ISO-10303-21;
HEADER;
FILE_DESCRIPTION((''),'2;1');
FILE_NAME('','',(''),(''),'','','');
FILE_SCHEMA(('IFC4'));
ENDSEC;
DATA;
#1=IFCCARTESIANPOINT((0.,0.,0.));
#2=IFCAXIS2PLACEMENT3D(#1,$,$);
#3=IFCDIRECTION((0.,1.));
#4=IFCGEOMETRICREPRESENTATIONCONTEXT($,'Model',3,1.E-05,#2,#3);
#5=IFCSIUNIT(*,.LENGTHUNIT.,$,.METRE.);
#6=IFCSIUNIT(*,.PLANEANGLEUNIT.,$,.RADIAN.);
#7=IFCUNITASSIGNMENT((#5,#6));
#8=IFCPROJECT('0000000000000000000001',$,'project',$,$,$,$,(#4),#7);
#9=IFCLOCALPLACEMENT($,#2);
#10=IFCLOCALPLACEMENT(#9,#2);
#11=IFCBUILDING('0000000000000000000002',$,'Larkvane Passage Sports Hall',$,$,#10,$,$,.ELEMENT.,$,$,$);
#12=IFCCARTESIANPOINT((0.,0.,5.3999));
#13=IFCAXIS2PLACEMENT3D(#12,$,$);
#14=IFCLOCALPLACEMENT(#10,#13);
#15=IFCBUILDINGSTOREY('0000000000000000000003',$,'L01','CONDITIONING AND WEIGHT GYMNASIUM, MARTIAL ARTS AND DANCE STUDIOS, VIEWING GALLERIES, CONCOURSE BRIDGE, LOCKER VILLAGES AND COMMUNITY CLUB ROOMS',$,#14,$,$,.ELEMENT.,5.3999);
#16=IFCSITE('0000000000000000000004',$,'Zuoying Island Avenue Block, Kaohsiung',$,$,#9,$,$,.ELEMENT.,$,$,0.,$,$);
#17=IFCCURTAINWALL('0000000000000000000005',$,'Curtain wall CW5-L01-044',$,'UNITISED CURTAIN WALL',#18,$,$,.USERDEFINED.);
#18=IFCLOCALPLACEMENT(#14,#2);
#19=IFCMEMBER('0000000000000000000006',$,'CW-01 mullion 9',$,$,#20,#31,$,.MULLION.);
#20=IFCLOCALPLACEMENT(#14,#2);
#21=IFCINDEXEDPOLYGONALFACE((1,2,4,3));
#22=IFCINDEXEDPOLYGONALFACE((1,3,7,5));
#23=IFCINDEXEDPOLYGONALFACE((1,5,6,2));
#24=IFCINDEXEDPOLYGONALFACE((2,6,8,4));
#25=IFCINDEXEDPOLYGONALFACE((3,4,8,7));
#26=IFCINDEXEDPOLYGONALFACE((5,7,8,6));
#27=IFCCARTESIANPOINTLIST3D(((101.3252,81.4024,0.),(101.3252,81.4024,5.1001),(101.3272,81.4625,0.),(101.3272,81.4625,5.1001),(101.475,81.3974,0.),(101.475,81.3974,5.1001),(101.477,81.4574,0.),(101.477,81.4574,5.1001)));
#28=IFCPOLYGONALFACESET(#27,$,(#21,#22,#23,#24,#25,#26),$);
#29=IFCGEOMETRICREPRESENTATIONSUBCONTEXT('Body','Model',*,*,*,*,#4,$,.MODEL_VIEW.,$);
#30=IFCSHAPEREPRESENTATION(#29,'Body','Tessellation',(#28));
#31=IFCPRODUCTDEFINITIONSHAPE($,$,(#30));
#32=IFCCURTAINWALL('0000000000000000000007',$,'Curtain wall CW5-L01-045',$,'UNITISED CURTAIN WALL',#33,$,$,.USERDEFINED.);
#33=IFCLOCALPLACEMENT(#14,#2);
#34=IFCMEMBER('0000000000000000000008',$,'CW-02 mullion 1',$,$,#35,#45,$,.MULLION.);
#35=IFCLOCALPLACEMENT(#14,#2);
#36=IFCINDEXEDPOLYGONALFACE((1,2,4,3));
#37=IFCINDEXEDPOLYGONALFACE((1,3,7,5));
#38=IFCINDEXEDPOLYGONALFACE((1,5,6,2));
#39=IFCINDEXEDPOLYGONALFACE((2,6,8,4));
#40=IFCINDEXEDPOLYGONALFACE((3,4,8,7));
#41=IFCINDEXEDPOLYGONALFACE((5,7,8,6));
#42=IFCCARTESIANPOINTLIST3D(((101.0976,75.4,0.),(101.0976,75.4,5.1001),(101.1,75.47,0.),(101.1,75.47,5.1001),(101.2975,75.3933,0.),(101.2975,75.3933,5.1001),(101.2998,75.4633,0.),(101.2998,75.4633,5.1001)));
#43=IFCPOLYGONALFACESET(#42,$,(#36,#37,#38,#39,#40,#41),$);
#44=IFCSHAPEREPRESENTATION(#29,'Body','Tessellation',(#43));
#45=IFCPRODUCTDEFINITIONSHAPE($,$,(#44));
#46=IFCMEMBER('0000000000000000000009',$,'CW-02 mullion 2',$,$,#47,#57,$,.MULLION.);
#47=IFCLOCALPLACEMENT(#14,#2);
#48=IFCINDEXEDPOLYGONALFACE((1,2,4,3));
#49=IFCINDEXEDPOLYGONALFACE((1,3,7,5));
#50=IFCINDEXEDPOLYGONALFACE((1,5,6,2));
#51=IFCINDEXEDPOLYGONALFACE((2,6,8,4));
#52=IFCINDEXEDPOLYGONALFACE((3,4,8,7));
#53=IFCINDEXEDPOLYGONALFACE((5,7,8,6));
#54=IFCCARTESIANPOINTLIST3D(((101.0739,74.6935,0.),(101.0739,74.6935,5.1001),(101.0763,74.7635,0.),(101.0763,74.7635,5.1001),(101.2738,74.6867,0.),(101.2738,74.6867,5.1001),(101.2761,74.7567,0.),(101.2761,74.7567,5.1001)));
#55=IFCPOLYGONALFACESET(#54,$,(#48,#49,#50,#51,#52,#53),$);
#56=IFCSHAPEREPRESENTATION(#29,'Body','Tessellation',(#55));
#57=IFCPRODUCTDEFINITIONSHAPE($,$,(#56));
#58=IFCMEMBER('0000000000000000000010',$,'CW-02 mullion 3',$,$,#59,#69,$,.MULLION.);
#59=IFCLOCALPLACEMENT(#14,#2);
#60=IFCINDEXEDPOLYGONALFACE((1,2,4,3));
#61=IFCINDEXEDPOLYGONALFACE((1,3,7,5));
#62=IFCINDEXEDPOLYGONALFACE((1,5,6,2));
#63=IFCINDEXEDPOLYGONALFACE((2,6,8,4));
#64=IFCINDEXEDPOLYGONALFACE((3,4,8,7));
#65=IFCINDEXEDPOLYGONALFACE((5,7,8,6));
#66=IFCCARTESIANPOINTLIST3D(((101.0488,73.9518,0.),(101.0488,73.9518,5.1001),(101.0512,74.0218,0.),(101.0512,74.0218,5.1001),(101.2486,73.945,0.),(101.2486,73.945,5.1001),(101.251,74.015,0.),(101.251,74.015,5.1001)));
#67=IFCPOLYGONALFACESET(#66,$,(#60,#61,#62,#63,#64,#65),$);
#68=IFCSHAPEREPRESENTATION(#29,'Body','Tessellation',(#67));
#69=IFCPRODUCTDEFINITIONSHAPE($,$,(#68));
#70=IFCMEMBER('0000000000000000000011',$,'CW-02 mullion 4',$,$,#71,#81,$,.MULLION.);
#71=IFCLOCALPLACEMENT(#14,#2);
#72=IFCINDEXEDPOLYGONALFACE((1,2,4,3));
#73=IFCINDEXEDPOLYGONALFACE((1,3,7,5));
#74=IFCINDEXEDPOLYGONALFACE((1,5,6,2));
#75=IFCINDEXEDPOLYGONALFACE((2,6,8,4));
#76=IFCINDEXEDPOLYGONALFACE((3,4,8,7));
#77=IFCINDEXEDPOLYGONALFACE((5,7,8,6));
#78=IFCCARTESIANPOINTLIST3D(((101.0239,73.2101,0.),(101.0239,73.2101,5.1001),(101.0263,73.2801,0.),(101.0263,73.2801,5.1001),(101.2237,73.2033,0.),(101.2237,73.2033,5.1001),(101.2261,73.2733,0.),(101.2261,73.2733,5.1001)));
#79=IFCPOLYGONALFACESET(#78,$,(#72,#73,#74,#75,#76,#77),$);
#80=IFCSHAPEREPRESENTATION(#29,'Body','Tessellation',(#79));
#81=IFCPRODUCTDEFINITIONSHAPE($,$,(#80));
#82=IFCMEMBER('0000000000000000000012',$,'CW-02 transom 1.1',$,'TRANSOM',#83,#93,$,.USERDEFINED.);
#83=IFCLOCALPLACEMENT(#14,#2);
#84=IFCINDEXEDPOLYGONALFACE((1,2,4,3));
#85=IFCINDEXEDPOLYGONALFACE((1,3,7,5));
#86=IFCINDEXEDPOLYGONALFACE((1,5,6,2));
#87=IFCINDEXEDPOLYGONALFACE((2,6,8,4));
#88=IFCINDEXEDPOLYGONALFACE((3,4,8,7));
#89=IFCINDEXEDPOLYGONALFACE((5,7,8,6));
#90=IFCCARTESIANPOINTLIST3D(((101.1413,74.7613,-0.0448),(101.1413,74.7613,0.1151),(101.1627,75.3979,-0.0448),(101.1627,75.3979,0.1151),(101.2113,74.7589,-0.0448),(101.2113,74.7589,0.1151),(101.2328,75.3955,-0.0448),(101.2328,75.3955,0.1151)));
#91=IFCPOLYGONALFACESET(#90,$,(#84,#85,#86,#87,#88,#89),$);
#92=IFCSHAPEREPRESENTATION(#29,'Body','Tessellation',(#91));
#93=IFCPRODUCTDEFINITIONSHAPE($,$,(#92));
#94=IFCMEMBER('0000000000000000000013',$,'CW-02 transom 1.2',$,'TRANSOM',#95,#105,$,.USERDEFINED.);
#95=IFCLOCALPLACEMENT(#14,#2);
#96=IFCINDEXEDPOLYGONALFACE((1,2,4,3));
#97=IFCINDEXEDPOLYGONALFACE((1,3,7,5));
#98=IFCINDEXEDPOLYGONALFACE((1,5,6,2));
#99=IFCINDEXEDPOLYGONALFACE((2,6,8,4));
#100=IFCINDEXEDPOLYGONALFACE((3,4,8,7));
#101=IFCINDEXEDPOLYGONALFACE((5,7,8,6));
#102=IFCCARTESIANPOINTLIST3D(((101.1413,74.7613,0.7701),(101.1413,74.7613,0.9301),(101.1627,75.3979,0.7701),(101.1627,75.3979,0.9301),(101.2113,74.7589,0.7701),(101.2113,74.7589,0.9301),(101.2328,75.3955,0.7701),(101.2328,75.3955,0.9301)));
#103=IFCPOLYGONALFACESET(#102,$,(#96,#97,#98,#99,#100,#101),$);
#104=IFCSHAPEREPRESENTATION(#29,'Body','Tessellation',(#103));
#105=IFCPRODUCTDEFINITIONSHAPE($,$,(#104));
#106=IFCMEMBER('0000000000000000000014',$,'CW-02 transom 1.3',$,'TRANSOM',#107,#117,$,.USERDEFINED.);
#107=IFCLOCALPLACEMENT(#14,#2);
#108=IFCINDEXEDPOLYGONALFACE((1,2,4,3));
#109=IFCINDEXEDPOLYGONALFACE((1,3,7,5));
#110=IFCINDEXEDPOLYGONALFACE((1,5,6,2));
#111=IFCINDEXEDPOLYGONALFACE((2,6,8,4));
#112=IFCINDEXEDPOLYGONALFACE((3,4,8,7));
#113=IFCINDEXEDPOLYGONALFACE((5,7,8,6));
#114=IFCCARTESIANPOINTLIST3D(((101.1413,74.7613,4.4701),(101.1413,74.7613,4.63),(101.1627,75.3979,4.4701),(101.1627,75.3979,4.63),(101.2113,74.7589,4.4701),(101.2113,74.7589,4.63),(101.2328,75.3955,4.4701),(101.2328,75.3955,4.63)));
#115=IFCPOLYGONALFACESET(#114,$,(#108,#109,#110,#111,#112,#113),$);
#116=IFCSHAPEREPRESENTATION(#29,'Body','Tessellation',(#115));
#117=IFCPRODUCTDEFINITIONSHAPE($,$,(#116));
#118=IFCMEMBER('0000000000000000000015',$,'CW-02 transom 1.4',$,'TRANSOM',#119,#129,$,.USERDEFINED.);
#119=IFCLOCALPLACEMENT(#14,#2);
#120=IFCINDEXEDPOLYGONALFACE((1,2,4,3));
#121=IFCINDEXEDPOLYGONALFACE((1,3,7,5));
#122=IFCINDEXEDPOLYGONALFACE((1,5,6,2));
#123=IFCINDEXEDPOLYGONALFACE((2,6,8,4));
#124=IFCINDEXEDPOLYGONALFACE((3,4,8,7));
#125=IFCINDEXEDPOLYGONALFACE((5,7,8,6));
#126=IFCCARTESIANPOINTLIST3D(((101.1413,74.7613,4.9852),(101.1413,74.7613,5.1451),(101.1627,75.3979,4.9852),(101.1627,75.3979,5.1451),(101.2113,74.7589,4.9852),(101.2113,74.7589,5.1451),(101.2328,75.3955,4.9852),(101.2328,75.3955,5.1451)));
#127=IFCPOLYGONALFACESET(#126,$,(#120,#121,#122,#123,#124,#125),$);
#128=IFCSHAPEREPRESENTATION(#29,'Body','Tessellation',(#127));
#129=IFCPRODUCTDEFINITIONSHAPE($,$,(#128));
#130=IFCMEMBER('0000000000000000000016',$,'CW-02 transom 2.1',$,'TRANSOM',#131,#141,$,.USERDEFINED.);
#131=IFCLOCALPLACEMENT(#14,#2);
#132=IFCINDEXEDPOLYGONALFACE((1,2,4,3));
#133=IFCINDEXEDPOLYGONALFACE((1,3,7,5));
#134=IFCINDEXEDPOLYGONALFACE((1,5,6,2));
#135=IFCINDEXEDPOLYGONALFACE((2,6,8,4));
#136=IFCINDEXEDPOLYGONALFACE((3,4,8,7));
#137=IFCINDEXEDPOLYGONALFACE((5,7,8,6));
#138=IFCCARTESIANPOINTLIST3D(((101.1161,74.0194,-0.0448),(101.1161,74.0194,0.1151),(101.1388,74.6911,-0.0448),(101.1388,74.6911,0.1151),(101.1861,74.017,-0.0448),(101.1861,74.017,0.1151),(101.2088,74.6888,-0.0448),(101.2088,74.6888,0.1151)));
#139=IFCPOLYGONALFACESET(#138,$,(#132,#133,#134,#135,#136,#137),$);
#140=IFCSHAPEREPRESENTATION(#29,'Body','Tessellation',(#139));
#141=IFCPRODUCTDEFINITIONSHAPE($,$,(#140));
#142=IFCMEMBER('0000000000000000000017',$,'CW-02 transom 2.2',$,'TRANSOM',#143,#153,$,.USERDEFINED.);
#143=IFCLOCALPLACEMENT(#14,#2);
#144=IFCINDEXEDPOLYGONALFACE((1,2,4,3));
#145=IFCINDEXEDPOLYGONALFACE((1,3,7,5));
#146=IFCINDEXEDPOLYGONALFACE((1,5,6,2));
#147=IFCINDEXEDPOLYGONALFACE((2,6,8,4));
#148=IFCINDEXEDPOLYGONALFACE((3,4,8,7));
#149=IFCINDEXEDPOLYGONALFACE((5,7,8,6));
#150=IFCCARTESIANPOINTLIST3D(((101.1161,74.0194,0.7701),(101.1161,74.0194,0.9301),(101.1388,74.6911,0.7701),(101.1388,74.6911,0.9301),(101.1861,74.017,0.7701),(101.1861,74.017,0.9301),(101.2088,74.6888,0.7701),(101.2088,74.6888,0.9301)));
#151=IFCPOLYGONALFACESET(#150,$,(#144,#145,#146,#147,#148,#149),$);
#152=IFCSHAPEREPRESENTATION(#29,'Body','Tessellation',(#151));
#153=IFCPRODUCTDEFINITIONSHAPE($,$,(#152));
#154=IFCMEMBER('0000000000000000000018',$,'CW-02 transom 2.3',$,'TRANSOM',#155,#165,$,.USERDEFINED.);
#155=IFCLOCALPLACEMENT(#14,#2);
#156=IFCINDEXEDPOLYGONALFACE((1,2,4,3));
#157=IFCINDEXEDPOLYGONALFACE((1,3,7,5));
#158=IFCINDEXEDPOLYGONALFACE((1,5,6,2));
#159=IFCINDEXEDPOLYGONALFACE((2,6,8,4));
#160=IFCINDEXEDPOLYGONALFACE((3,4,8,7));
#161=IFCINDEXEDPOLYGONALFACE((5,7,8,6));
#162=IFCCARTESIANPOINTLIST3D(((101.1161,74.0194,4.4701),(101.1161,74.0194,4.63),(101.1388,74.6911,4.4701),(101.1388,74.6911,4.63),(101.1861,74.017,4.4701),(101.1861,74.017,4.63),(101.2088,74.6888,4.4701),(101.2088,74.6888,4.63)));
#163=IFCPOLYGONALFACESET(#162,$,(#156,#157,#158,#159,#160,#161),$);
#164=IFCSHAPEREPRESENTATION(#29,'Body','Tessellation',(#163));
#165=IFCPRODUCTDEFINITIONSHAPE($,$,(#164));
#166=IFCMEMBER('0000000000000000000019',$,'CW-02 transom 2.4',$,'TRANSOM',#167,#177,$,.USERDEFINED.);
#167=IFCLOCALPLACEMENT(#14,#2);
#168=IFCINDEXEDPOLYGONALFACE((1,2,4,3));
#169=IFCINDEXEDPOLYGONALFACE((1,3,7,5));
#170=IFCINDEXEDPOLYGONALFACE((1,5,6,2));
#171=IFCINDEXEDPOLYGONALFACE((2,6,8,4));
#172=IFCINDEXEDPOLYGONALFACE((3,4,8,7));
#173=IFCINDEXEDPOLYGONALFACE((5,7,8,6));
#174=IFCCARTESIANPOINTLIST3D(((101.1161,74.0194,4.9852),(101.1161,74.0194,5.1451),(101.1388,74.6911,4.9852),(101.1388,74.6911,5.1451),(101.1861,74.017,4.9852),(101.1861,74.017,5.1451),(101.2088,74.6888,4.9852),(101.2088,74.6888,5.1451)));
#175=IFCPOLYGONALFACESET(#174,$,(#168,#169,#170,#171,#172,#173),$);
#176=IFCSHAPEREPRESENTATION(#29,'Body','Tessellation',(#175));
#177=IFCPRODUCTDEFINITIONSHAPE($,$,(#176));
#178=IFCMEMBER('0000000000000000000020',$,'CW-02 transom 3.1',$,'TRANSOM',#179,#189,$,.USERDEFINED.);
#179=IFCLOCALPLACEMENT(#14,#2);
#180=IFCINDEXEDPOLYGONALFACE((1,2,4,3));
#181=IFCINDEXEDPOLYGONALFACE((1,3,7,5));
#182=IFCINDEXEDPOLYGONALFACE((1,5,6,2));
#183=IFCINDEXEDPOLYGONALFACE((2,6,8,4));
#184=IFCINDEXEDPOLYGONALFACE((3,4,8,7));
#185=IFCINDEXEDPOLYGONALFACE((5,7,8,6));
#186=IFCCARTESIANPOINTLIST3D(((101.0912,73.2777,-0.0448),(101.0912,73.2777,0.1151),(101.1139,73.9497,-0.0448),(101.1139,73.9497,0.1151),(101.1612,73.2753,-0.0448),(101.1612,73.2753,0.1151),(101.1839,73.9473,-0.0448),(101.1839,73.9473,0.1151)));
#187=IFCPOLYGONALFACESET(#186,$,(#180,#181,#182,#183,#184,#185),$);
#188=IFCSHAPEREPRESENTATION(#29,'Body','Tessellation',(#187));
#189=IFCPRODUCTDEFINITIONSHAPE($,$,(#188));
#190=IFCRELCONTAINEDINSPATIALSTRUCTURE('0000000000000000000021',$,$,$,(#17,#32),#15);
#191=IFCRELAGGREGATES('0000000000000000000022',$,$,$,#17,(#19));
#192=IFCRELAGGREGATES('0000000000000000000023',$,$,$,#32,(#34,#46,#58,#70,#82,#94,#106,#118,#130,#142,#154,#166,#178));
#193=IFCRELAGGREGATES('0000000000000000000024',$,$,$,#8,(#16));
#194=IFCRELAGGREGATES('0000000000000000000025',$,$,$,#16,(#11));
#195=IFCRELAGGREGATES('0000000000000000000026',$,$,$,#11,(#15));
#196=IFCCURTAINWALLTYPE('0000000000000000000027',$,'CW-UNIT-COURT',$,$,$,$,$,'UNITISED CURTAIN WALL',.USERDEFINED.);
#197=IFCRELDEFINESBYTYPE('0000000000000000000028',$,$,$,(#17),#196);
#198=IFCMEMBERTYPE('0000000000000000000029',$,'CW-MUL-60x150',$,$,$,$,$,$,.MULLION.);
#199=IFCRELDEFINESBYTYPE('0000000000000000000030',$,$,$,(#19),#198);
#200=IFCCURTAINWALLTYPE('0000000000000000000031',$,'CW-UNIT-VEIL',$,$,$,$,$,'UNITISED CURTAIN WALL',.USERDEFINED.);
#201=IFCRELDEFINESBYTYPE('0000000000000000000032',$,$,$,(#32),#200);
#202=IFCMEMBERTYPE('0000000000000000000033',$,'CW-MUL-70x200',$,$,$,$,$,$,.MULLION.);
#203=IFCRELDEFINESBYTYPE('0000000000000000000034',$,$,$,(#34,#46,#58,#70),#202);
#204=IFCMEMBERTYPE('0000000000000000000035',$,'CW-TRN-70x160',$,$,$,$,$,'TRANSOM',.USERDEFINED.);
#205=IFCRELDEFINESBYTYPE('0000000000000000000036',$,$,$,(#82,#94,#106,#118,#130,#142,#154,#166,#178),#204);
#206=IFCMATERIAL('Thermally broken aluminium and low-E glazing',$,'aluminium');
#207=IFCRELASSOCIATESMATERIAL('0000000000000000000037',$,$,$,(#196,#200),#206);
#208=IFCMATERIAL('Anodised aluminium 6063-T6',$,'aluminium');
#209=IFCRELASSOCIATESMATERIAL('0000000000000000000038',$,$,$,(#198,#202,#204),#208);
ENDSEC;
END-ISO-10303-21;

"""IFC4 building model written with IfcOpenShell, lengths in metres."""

from ifc_helpers import new_model, si_unit, direction, frame, origin, origin_2d, place, context, subcontext, project, spatial, rectangle, extrude, material, material_profile, profile_set, type_object, element, aggregate, save


model = new_model("IFC4")

# Units and contexts
model_context = context("Model", 3, precision=1e-05, world=origin(), true_north=direction((0.0, 1.0)))
body_context = subcontext(model_context, "Body", "Model", "MODEL_VIEW")
ifc_project = project(units=[si_unit("LENGTHUNIT", "METRE"), si_unit("PLANEANGLEUNIT", "RADIAN")], contexts=[model_context])

# Site, building, storey
site_placement = place(None, origin())
site = spatial("IfcSite", under=ifc_project, at=site_placement, Name="Zuoying Island Avenue Block, Kaohsiung", CompositionType="ELEMENT", RefElevation=0.0)
building_placement = place(site_placement, origin())
building = spatial("IfcBuilding", under=site, at=building_placement, Name="Larkvane Passage Sports Hall", CompositionType="ELEMENT")
storey_placement = place(building_placement, frame((0.0, 0.0, 5.3999)))
storey = spatial("IfcBuildingStorey", under=building, at=storey_placement, Name="L01", Description="CONDITIONING AND WEIGHT GYMNASIUM, MARTIAL ARTS AND DANCE STUDIOS, VIEWING GALLERIES, CONCOURSE BRIDGE, LOCKER VILLAGES AND COMMUNITY CLUB ROOMS", CompositionType="ELEMENT", Elevation=5.3999)

# Curtain wall, member
ifc_material_1 = material(Name="Thermally broken aluminium and low-E glazing", Category="aluminium")
curtain_wall_type_1 = type_object("IfcCurtainWallType", Name="CW-UNIT-COURT", ElementType="UNITISED CURTAIN WALL", PredefinedType="USERDEFINED", material=ifc_material_1)
curtain_wall_1_placement = place(storey_placement, origin())
curtain_wall_1 = element("IfcCurtainWall", 1, at=curtain_wall_1_placement, inside=storey, type_object=curtain_wall_type_1, Name="Curtain wall CW5-L01-044", ObjectType="UNITISED CURTAIN WALL", PredefinedType="USERDEFINED")
ifc_material_2 = material(Name="Anodised aluminium 6063-T6", Category="aluminium")
ifc_material_profile_1 = material_profile(ifc_material_2, rectangle(XDim=0.0601, YDim=0.1499, at=origin_2d()), Name="ALU-MUL-60x150")
ifc_profile_set_1 = profile_set([ifc_material_profile_1], Name="Anodised aluminium 6063-T6")
member_type_1 = type_object("IfcMemberType", Name="CW-MUL-60x150", PredefinedType="MULLION", material=ifc_profile_set_1)
member_1_placement = place(storey_placement, frame((101.4011, 81.4299, 0.0), z_axis=(0.0, 0.0, 1.0), x_axis=(-0.033689, -0.999432, 0.0)))
member_1 = element("IfcMember", 2, at=member_1_placement, type_object=member_type_1, Name="CW-01 mullion 9", PredefinedType="MULLION", context=body_context, shape_type="SweptSolid", body=[
    extrude(rectangle(XDim=0.0601, YDim=0.1499, at=origin_2d()), origin(), (0.0, 0.0, 1.0), 5.1001),
])
aggregate(curtain_wall_1, [member_1])

# Curtain wall, members
curtain_wall_type_2 = type_object("IfcCurtainWallType", Name="CW-UNIT-VEIL", ElementType="UNITISED CURTAIN WALL", PredefinedType="USERDEFINED", material=ifc_material_1)
curtain_wall_2_placement = place(storey_placement, origin())
curtain_wall_2 = element("IfcCurtainWall", 3, at=curtain_wall_2_placement, inside=storey, type_object=curtain_wall_type_2, Name="Curtain wall CW5-L01-045", ObjectType="UNITISED CURTAIN WALL", PredefinedType="USERDEFINED")
ifc_material_profile_2 = material_profile(ifc_material_2, rectangle(XDim=0.0701, YDim=0.2, at=origin_2d()), Name="ALU-MUL-70x200")
ifc_profile_set_2 = profile_set([ifc_material_profile_2], Name="Anodised aluminium 6063-T6")
member_type_2 = type_object("IfcMemberType", Name="CW-MUL-70x200", PredefinedType="MULLION", material=ifc_profile_set_2)
member_2_placement = place(storey_placement, frame((101.1987, 75.4316, 0.0), z_axis=(0.0, 0.0, 1.0), x_axis=(-0.033688, -0.999432, 0.0)))
member_2 = element("IfcMember", 4, at=member_2_placement, type_object=member_type_2, Name="CW-02 mullion 1", PredefinedType="MULLION", context=body_context, shape_type="SweptSolid", body=[
    extrude(rectangle(XDim=0.0701, YDim=0.2, at=origin_2d()), origin(), (0.0, 0.0, 1.0), 5.1001),
])
member_3_placement = place(storey_placement, frame((101.175, 74.7251, 0.0), z_axis=(0.0, 0.0, 1.0), x_axis=(-0.033688, -0.999432, 0.0)))
member_3 = element("IfcMember", 5, at=member_3_placement, type_object=member_type_2, Name="CW-02 mullion 2", PredefinedType="MULLION", context=body_context, shape_type="SweptSolid", body=[
    extrude(rectangle(XDim=0.0701, YDim=0.2, at=origin_2d()), origin(), (0.0, 0.0, 1.0), 5.1001),
])
member_4_placement = place(storey_placement, frame((101.1499, 73.9834, 0.0), z_axis=(0.0, 0.0, 1.0), x_axis=(-0.033688, -0.999432, 0.0)))
member_4 = element("IfcMember", 6, at=member_4_placement, type_object=member_type_2, Name="CW-02 mullion 3", PredefinedType="MULLION", context=body_context, shape_type="SweptSolid", body=[
    extrude(rectangle(XDim=0.0701, YDim=0.2, at=origin_2d()), origin(), (0.0, 0.0, 1.0), 5.1001),
])
member_5_placement = place(storey_placement, frame((101.125, 73.2417, 0.0), z_axis=(0.0, 0.0, 1.0), x_axis=(-0.033688, -0.999432, 0.0)))
member_5 = element("IfcMember", 7, at=member_5_placement, type_object=member_type_2, Name="CW-02 mullion 4", PredefinedType="MULLION", context=body_context, shape_type="SweptSolid", body=[
    extrude(rectangle(XDim=0.0701, YDim=0.2, at=origin_2d()), origin(), (0.0, 0.0, 1.0), 5.1001),
])
ifc_material_profile_3 = material_profile(ifc_material_2, rectangle(XDim=0.0701, YDim=0.1599, at=origin_2d()), Name="ALU-TRN-70x160")
ifc_profile_set_3 = profile_set([ifc_material_profile_3], Name="Anodised aluminium 6063-T6")
member_type_3 = type_object("IfcMemberType", Name="CW-TRN-70x160", ElementType="TRANSOM", PredefinedType="USERDEFINED", material=ifc_profile_set_3)
member_6_placement = place(storey_placement, frame((101.1978, 75.3967, 0.0352), z_axis=(-0.033723, -0.999431, 0.0), x_axis=(0.999431, -0.033723, 0.0)))
member_6 = element("IfcMember", 8, at=member_6_placement, type_object=member_type_3, Name="CW-02 transom 1.1", ObjectType="TRANSOM", PredefinedType="USERDEFINED", context=body_context, shape_type="SweptSolid", body=[
    extrude(rectangle(XDim=0.0701, YDim=0.1599, at=origin_2d()), origin(), (0.0, 0.0, 1.0), 0.637),
])
member_7_placement = place(storey_placement, frame((101.1978, 75.3967, 0.8501), z_axis=(-0.033723, -0.999431, 0.0), x_axis=(0.999431, -0.033723, 0.0)))
member_7 = element("IfcMember", 9, at=member_7_placement, type_object=member_type_3, Name="CW-02 transom 1.2", ObjectType="TRANSOM", PredefinedType="USERDEFINED", context=body_context, shape_type="SweptSolid", body=[
    extrude(rectangle(XDim=0.0701, YDim=0.1599, at=origin_2d()), origin(), (0.0, 0.0, 1.0), 0.637),
])
member_8_placement = place(storey_placement, frame((101.1978, 75.3967, 4.55), z_axis=(-0.033723, -0.999431, 0.0), x_axis=(0.999431, -0.033723, 0.0)))
member_8 = element("IfcMember", 10, at=member_8_placement, type_object=member_type_3, Name="CW-02 transom 1.3", ObjectType="TRANSOM", PredefinedType="USERDEFINED", context=body_context, shape_type="SweptSolid", body=[
    extrude(rectangle(XDim=0.0701, YDim=0.1599, at=origin_2d()), origin(), (0.0, 0.0, 1.0), 0.637),
])
member_9_placement = place(storey_placement, frame((101.1978, 75.3967, 5.0652), z_axis=(-0.033723, -0.999431, 0.0), x_axis=(0.999431, -0.033723, 0.0)))
member_9 = element("IfcMember", 11, at=member_9_placement, type_object=member_type_3, Name="CW-02 transom 1.4", ObjectType="TRANSOM", PredefinedType="USERDEFINED", context=body_context, shape_type="SweptSolid", body=[
    extrude(rectangle(XDim=0.0701, YDim=0.1599, at=origin_2d()), origin(), (0.0, 0.0, 1.0), 0.637),
])
member_10_placement = place(storey_placement, frame((101.1738, 74.6899, 0.0352), z_axis=(-0.033787, -0.999429, 0.0), x_axis=(0.999429, -0.033787, 0.0)))
member_10 = element("IfcMember", 12, at=member_10_placement, type_object=member_type_3, Name="CW-02 transom 2.1", ObjectType="TRANSOM", PredefinedType="USERDEFINED", context=body_context, shape_type="SweptSolid", body=[
    extrude(rectangle(XDim=0.0701, YDim=0.1599, at=origin_2d()), origin(), (0.0, 0.0, 1.0), 0.6721),
])
member_11_placement = place(storey_placement, frame((101.1738, 74.6899, 0.8501), z_axis=(-0.033787, -0.999429, 0.0), x_axis=(0.999429, -0.033787, 0.0)))
member_11 = element("IfcMember", 13, at=member_11_placement, type_object=member_type_3, Name="CW-02 transom 2.2", ObjectType="TRANSOM", PredefinedType="USERDEFINED", context=body_context, shape_type="SweptSolid", body=[
    extrude(rectangle(XDim=0.0701, YDim=0.1599, at=origin_2d()), origin(), (0.0, 0.0, 1.0), 0.6721),
])
member_12_placement = place(storey_placement, frame((101.1738, 74.6899, 4.55), z_axis=(-0.033787, -0.999429, 0.0), x_axis=(0.999429, -0.033787, 0.0)))
member_12 = element("IfcMember", 14, at=member_12_placement, type_object=member_type_3, Name="CW-02 transom 2.3", ObjectType="TRANSOM", PredefinedType="USERDEFINED", context=body_context, shape_type="SweptSolid", body=[
    extrude(rectangle(XDim=0.0701, YDim=0.1599, at=origin_2d()), origin(), (0.0, 0.0, 1.0), 0.6721),
])
member_13_placement = place(storey_placement, frame((101.1738, 74.6899, 5.0652), z_axis=(-0.033787, -0.999429, 0.0), x_axis=(0.999429, -0.033787, 0.0)))
member_13 = element("IfcMember", 15, at=member_13_placement, type_object=member_type_3, Name="CW-02 transom 2.4", ObjectType="TRANSOM", PredefinedType="USERDEFINED", context=body_context, shape_type="SweptSolid", body=[
    extrude(rectangle(XDim=0.0701, YDim=0.1599, at=origin_2d()), origin(), (0.0, 0.0, 1.0), 0.6721),
])
member_14_placement = place(storey_placement, frame((101.1489, 73.9485, 0.0352), z_axis=(-0.033774, -0.999429, 0.0), x_axis=(0.999429, -0.033774, 0.0)))
member_14 = element("IfcMember", 16, at=member_14_placement, type_object=member_type_3, Name="CW-02 transom 3.1", ObjectType="TRANSOM", PredefinedType="USERDEFINED", context=body_context, shape_type="SweptSolid", body=[
    extrude(rectangle(XDim=0.0701, YDim=0.1599, at=origin_2d()), origin(), (0.0, 0.0, 1.0), 0.6724),
])
aggregate(curtain_wall_2, [member_2, member_3, member_4, member_5, member_6, member_7, member_8, member_9, member_10, member_11, member_12, member_13, member_14])

save(model, "model.ifc")
